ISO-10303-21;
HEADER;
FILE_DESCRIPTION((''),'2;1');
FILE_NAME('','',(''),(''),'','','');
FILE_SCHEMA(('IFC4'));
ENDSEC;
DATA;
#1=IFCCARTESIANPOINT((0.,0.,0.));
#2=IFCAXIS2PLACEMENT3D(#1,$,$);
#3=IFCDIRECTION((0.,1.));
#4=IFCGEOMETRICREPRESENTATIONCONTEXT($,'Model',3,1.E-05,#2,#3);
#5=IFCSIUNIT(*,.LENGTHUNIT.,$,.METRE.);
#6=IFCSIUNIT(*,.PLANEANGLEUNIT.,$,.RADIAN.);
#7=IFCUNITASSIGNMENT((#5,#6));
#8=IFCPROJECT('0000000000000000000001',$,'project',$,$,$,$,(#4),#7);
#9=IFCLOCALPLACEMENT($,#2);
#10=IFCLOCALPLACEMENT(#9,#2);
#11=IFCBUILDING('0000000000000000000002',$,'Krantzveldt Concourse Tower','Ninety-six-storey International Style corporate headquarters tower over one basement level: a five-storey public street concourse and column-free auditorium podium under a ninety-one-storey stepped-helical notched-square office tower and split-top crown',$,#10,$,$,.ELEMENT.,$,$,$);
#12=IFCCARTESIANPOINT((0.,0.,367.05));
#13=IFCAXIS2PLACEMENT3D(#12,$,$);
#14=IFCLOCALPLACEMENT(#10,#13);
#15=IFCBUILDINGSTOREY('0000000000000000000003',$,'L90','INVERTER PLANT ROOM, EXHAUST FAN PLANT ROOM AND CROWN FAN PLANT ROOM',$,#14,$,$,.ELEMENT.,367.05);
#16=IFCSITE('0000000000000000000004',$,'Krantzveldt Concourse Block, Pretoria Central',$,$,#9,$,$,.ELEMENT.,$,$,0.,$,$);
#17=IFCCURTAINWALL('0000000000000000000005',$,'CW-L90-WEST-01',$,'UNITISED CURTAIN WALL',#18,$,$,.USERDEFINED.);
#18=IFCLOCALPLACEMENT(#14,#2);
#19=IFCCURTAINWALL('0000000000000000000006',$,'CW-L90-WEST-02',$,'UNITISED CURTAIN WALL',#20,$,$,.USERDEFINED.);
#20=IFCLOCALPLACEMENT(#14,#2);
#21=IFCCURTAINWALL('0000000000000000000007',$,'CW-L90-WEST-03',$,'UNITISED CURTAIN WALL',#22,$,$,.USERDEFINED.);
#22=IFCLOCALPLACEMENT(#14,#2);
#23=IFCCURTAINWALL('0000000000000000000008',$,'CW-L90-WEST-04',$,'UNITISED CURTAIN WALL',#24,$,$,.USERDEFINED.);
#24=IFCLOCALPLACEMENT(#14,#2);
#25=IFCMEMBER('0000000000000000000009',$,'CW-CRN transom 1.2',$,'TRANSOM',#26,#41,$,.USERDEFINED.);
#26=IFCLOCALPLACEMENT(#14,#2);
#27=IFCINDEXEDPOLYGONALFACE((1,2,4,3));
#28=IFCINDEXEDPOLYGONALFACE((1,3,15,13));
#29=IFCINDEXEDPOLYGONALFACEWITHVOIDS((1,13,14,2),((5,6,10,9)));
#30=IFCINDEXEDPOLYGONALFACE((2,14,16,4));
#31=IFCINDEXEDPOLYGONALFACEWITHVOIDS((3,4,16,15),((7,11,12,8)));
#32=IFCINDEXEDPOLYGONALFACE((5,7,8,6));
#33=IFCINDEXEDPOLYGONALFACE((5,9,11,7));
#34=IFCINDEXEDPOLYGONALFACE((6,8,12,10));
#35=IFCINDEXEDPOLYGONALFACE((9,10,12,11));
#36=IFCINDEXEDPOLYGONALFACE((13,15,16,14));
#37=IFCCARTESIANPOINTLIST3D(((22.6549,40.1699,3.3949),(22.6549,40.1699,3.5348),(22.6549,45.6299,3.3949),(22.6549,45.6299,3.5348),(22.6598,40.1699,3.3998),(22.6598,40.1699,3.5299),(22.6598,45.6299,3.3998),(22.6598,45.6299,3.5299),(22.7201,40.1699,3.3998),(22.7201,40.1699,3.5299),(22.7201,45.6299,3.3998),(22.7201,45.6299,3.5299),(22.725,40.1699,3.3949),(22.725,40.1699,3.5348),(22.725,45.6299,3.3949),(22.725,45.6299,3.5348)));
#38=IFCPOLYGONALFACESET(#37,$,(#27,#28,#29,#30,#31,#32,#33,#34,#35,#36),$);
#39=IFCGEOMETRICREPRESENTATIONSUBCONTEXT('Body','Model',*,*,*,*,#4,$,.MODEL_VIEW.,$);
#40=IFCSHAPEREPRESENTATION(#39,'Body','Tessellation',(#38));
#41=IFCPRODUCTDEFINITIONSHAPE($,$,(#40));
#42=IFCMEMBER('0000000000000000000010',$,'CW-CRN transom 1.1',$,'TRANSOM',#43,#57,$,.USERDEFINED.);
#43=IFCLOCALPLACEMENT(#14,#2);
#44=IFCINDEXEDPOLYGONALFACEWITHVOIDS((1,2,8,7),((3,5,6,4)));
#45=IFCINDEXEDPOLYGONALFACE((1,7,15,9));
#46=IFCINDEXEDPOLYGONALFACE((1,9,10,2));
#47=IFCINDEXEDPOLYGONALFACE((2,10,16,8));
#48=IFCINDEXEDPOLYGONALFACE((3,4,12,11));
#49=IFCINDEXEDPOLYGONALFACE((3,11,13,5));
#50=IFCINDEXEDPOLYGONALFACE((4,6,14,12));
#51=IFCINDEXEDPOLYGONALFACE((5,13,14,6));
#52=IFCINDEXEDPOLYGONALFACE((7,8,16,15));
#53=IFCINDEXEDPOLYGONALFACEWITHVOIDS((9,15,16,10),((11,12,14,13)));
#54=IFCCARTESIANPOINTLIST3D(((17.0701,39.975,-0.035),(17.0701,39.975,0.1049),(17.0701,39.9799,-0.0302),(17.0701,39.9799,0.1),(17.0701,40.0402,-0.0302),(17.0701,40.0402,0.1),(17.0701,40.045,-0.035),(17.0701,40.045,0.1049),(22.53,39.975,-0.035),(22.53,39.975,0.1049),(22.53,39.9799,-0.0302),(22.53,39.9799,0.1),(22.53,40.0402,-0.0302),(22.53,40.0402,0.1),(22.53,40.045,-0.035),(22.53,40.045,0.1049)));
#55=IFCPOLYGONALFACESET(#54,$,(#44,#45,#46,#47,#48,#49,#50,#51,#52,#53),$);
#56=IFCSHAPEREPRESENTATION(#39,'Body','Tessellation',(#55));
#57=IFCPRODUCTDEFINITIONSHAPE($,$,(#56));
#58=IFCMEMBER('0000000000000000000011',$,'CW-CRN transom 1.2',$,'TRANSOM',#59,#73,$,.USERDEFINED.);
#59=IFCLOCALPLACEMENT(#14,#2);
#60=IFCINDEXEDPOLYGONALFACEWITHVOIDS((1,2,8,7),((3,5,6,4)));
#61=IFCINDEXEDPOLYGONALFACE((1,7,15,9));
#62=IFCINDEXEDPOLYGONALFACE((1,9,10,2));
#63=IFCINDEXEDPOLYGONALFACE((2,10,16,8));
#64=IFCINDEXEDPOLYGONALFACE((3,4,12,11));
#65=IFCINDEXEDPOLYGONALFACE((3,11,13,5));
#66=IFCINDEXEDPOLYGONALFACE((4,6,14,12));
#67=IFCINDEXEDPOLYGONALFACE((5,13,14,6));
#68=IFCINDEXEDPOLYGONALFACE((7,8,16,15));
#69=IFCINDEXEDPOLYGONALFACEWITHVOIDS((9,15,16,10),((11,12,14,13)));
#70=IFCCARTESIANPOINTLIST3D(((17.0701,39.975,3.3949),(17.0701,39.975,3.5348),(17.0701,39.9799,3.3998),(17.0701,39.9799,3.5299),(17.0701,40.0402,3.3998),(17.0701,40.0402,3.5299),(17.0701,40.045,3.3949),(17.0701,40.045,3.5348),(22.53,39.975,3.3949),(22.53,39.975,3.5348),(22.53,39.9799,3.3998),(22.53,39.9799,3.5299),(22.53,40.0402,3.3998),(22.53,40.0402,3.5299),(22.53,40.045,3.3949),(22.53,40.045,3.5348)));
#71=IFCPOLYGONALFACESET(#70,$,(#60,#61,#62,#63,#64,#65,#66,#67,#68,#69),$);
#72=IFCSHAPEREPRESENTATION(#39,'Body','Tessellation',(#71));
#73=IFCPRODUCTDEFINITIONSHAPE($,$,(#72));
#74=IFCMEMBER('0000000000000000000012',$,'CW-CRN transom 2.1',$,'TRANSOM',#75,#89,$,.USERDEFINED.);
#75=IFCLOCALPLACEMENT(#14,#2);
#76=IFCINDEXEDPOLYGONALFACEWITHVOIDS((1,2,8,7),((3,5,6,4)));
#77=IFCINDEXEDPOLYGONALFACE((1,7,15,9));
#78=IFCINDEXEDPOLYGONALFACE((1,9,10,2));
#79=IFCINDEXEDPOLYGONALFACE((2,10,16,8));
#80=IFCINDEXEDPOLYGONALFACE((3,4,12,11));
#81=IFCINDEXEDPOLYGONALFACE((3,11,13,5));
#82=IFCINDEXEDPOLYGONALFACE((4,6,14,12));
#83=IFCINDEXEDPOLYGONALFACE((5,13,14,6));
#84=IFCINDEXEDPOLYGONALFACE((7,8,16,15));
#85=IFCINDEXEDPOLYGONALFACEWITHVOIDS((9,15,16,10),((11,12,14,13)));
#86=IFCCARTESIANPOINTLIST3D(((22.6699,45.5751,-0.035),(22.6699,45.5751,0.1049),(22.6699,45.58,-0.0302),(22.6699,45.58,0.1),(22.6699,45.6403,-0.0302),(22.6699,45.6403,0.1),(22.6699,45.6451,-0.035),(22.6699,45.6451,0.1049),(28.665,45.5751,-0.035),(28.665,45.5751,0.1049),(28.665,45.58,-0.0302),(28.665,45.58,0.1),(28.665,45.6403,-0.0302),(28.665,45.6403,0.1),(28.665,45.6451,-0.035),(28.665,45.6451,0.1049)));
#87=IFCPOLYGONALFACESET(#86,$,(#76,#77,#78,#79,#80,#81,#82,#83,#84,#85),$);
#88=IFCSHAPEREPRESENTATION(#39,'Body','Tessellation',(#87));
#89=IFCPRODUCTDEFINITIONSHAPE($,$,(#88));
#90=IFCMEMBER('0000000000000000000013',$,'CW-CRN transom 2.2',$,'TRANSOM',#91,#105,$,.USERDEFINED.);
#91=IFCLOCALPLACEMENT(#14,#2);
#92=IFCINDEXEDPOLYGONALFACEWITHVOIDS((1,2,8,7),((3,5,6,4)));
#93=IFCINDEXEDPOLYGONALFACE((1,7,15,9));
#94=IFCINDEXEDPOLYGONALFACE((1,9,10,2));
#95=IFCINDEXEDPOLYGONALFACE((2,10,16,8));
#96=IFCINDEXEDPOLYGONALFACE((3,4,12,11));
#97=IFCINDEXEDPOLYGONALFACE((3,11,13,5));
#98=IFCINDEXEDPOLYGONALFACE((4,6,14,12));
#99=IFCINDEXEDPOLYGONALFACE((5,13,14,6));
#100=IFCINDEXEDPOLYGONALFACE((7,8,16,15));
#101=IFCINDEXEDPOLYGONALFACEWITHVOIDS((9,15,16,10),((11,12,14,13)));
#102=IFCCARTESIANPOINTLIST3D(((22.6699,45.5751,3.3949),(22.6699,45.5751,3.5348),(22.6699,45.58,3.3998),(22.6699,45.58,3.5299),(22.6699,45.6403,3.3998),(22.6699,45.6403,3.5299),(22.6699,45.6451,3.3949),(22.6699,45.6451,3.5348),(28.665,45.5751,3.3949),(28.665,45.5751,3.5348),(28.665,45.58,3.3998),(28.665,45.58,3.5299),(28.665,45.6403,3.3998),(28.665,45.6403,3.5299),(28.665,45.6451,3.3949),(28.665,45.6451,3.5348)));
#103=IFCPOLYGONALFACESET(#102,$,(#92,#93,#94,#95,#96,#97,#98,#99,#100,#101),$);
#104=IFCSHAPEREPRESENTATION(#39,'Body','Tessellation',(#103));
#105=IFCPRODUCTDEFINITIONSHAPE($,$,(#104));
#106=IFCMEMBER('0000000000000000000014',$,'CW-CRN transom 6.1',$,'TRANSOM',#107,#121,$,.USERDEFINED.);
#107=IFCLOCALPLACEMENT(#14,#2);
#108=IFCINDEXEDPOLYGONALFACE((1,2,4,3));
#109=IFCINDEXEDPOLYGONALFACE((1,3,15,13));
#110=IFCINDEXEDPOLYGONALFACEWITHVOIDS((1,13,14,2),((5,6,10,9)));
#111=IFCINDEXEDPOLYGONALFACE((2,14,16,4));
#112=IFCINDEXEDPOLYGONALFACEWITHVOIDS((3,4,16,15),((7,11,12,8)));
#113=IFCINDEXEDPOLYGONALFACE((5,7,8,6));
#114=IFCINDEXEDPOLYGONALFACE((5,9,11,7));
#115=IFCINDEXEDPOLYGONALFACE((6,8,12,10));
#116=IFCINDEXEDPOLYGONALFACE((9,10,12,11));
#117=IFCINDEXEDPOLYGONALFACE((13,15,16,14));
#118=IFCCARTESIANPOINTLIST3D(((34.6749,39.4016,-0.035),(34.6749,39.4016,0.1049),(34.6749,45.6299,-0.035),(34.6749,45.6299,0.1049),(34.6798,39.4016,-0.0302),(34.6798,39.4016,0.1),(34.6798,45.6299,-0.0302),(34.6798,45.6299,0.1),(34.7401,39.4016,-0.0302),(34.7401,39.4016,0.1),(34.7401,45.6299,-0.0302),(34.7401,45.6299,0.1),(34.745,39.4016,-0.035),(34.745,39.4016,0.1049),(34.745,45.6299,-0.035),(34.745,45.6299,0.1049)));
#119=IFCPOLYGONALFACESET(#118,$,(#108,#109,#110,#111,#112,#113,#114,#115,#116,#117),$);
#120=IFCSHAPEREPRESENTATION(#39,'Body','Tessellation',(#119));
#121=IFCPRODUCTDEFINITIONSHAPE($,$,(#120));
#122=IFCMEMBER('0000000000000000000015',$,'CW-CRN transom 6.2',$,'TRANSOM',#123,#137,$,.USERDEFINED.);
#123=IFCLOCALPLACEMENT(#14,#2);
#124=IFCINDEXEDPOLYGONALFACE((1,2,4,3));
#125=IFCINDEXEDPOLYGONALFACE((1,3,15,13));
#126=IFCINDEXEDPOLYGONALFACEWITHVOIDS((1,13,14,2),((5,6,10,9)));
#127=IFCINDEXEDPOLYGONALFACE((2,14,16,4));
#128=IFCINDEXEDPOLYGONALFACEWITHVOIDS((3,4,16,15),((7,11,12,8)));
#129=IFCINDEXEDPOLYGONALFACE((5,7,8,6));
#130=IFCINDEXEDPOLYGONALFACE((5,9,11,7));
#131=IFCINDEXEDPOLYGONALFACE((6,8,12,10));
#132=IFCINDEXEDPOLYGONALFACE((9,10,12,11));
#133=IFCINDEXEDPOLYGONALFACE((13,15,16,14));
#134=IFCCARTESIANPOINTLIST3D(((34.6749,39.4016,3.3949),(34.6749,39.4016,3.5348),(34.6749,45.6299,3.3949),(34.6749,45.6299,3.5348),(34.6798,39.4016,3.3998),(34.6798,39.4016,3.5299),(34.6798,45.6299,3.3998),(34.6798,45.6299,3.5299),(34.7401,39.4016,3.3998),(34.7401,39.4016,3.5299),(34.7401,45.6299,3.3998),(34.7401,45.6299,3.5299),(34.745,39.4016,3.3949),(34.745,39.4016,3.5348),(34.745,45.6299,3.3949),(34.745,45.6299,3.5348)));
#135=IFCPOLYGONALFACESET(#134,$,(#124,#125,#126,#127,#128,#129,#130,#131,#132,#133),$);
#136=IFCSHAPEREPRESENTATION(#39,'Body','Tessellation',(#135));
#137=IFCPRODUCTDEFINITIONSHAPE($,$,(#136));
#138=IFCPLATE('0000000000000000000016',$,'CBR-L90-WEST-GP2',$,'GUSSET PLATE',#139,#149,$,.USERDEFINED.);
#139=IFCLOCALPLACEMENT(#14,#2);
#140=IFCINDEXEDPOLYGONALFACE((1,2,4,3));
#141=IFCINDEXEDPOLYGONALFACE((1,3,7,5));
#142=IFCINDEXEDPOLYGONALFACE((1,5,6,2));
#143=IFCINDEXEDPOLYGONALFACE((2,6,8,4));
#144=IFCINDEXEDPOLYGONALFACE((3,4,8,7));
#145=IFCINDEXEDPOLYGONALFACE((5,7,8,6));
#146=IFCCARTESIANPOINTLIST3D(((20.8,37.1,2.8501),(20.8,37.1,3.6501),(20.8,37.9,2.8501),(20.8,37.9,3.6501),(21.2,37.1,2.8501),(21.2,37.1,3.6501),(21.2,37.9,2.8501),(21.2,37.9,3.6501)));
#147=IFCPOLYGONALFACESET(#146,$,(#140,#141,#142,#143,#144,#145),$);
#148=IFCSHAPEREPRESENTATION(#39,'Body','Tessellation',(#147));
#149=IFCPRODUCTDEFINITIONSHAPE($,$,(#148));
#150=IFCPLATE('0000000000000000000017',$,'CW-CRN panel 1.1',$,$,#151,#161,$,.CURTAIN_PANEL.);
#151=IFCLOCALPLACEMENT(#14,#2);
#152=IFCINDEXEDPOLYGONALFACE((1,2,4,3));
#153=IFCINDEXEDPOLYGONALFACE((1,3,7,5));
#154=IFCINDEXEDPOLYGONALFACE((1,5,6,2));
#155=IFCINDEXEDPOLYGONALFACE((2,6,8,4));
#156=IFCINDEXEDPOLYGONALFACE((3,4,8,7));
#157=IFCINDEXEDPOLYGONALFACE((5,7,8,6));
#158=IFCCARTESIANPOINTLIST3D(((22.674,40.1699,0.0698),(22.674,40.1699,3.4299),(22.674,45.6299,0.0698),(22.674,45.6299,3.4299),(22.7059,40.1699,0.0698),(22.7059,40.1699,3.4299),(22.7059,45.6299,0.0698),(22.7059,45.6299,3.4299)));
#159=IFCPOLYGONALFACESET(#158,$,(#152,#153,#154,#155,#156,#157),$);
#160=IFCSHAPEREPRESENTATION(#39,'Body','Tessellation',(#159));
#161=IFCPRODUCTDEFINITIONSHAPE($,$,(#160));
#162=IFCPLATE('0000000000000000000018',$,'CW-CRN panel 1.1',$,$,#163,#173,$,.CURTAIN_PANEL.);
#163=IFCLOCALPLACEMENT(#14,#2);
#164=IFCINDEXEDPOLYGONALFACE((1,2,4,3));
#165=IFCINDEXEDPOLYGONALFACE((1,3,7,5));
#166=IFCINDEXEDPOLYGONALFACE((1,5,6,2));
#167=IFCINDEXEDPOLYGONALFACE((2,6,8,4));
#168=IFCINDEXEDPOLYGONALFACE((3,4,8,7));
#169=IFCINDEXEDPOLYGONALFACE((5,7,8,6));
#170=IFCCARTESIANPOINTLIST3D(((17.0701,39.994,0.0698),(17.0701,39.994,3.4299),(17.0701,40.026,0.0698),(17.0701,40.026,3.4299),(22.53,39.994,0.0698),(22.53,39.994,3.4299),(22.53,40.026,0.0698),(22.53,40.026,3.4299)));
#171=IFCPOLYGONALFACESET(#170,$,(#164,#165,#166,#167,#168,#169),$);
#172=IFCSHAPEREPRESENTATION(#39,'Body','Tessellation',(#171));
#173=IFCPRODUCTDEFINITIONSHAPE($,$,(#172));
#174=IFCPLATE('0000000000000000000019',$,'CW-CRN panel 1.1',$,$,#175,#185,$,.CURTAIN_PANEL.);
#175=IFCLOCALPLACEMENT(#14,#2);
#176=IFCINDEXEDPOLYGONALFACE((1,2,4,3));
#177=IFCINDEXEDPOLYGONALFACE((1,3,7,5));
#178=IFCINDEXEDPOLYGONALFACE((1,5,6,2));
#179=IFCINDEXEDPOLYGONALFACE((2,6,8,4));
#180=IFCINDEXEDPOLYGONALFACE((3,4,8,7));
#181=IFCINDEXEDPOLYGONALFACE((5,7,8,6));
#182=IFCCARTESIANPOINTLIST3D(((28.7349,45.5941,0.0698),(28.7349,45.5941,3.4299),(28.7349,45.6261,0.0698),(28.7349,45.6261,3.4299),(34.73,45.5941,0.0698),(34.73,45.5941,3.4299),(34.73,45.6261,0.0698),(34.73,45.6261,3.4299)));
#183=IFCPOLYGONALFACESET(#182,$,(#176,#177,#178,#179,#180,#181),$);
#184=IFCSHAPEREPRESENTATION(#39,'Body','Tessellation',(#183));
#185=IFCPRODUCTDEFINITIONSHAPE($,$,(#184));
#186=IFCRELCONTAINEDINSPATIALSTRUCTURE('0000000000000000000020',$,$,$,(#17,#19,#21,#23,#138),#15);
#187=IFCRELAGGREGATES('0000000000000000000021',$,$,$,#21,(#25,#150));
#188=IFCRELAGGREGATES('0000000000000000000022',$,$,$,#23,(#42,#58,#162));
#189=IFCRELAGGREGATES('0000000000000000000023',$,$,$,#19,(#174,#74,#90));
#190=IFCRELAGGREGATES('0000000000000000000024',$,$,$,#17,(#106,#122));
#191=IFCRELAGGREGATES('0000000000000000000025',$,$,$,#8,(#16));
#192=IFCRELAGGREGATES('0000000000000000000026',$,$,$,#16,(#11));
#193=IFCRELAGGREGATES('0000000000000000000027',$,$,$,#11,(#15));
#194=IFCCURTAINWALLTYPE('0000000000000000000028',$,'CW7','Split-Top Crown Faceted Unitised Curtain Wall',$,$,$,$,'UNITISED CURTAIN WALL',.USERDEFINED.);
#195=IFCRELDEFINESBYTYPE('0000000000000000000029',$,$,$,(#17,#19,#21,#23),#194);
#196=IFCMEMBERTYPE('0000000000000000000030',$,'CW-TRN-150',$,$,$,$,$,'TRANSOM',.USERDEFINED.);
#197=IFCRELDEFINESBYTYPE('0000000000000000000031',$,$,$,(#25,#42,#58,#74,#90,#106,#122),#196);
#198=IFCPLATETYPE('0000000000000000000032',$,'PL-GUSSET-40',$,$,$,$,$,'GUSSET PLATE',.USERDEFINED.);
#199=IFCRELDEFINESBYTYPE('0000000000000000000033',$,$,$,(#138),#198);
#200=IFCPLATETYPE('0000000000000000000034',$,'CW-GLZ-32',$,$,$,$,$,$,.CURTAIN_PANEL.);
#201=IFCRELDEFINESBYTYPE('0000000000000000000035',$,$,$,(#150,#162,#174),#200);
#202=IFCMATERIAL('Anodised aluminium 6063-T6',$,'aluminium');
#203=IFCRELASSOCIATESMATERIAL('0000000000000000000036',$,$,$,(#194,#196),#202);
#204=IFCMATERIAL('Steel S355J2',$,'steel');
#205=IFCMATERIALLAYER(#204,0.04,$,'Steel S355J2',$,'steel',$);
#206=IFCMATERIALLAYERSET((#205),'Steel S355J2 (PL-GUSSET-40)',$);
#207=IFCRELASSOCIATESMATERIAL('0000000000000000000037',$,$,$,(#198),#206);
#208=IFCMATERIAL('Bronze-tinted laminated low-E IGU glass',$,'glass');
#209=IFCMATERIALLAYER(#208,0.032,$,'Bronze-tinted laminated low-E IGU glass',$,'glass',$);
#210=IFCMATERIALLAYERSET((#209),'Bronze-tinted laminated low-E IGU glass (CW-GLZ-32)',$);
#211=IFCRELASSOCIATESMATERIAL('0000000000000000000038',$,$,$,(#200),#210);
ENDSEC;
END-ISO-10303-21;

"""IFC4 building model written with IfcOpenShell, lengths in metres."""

from ifc_helpers import new_model, si_unit, direction, frame, origin, origin_2d, place, context, subcontext, project, spatial, rectangle, hollow_rectangle, extrude, source, transform, mapped, material, layer, layer_set, material_profile, profile_set, type_object, type_shapes, element, aggregate, save


model = new_model("IFC4")

# Units and contexts
model_context = context("Model", 3, precision=1e-05, world=origin(), true_north=direction((0.0, 1.0)))
body_context = subcontext(model_context, "Body", "Model", "MODEL_VIEW")
ifc_project = project(units=[si_unit("LENGTHUNIT", "METRE"), si_unit("PLANEANGLEUNIT", "RADIAN")], contexts=[model_context])

# Site, building, storey
site_placement = place(None, origin())
site = spatial("IfcSite", under=ifc_project, at=site_placement, Name="Krantzveldt Concourse Block, Pretoria Central", CompositionType="ELEMENT", RefElevation=0.0)
building_placement = place(site_placement, origin())
building = spatial("IfcBuilding", under=site, at=building_placement, Name="Krantzveldt Concourse Tower", Description="Ninety-six-storey International Style corporate headquarters tower over one basement level: a five-storey public street concourse and column-free auditorium podium under a ninety-one-storey stepped-helical notched-square office tower and split-top crown", CompositionType="ELEMENT")
storey_placement = place(building_placement, frame((0.0, 0.0, 367.05)))
storey = spatial("IfcBuildingStorey", under=building, at=storey_placement, Name="L90", Description="INVERTER PLANT ROOM, EXHAUST FAN PLANT ROOM AND CROWN FAN PLANT ROOM", CompositionType="ELEMENT", Elevation=367.05)

# Shared definitions
ifc_material_1 = material(Name="Steel S355J2", Category="steel")

# Curtain walls
ifc_material_2 = material(Name="Anodised aluminium 6063-T6", Category="aluminium")
curtain_wall_type = type_object("IfcCurtainWallType", Name="CW7", Description="Split-Top Crown Faceted Unitised Curtain Wall", ElementType="UNITISED CURTAIN WALL", PredefinedType="USERDEFINED", material=ifc_material_2)
ifc_material_profile_1 = material_profile(ifc_material_2, hollow_rectangle(XDim=0.0701, YDim=0.1399, WallThickness=0.0049, at=origin_2d()), Name="Anodised aluminium 6063-T6", Category="aluminium")
ifc_profile_set_1 = profile_set([ifc_material_profile_1], Name="Anodised aluminium 6063-T6 - ALU-TRAN 140x70x5")
member_type_1 = type_object("IfcMemberType", Name="CW-TRN-150", ElementType="TRANSOM", PredefinedType="USERDEFINED", material=ifc_profile_set_1)
curtain_wall_1_placement = place(storey_placement, origin())
curtain_wall_1 = element("IfcCurtainWall", 1, at=curtain_wall_1_placement, inside=storey, type_object=curtain_wall_type, Name="CW-L90-WEST-01", ObjectType="UNITISED CURTAIN WALL", PredefinedType="USERDEFINED")
curtain_wall_2_placement = place(storey_placement, origin())
curtain_wall_2 = element("IfcCurtainWall", 2, at=curtain_wall_2_placement, inside=storey, type_object=curtain_wall_type, Name="CW-L90-WEST-02", ObjectType="UNITISED CURTAIN WALL", PredefinedType="USERDEFINED")
curtain_wall_3_placement = place(storey_placement, origin())
curtain_wall_3 = element("IfcCurtainWall", 3, at=curtain_wall_3_placement, inside=storey, type_object=curtain_wall_type, Name="CW-L90-WEST-03", ObjectType="UNITISED CURTAIN WALL", PredefinedType="USERDEFINED")
curtain_wall_4_placement = place(storey_placement, origin())
curtain_wall_4 = element("IfcCurtainWall", 4, at=curtain_wall_4_placement, inside=storey, type_object=curtain_wall_type, Name="CW-L90-WEST-04", ObjectType="UNITISED CURTAIN WALL", PredefinedType="USERDEFINED")

# Members
shared_shape_1 = source(origin(), body_context, "Body", "SweptSolid", [
    extrude(hollow_rectangle(XDim=0.0701, YDim=0.1399, WallThickness=0.0049, at=origin_2d()), origin(), (0.0, 0.0, 1.0), 5.46),
])
member_1_placement = place(storey_placement, frame((22.6899, 45.6299, 3.4648), z_axis=(0.0, -1.0, 0.0), x_axis=(1.0, 0.0, 0.0)))
member_1 = element("IfcMember", 5, at=member_1_placement, type_object=member_type_1, Name="CW-CRN transom 1.2", ObjectType="TRANSOM", PredefinedType="USERDEFINED", context=body_context, shape_type="MappedRepresentation", body=[
    mapped(shared_shape_1, transform((0.0, 0.0, 0.0), x_axis=(1.0, 0.0, 0.0), y_axis=(0.0, 1.0, 0.0), z_axis=(0.0, 0.0, 1.0), scale=1.0)),
])
member_2_placement = place(storey_placement, frame((22.53, 40.01, 0.0349), z_axis=(-1.0, 0.0, 0.0), x_axis=(0.0, -1.0, 0.0)))
member_2 = element("IfcMember", 6, at=member_2_placement, type_object=member_type_1, Name="CW-CRN transom 1.1", ObjectType="TRANSOM", PredefinedType="USERDEFINED", context=body_context, shape_type="MappedRepresentation", body=[
    mapped(shared_shape_1, transform((0.0, 0.0, 0.0), x_axis=(1.0, 0.0, 0.0), y_axis=(0.0, 1.0, 0.0), z_axis=(0.0, 0.0, 1.0), scale=1.0)),
])
member_3_placement = place(storey_placement, frame((22.53, 40.01, 3.4648), z_axis=(-1.0, 0.0, 0.0), x_axis=(0.0, -1.0, 0.0)))
member_3 = element("IfcMember", 7, at=member_3_placement, type_object=member_type_1, Name="CW-CRN transom 1.2", ObjectType="TRANSOM", PredefinedType="USERDEFINED", context=body_context, shape_type="MappedRepresentation", body=[
    mapped(shared_shape_1, transform((0.0, 0.0, 0.0), x_axis=(1.0, 0.0, 0.0), y_axis=(0.0, 1.0, 0.0), z_axis=(0.0, 0.0, 1.0), scale=1.0)),
])
shared_shape_2 = source(origin(), body_context, "Body", "SweptSolid", [
    extrude(hollow_rectangle(XDim=0.0701, YDim=0.1399, WallThickness=0.0049, at=origin_2d()), origin(), (0.0, 0.0, 1.0), 5.9951),
])
member_4_placement = place(storey_placement, frame((28.665, 45.6101, 0.0349), z_axis=(-1.0, 0.0, 0.0), x_axis=(0.0, -1.0, 0.0)))
member_4 = element("IfcMember", 8, at=member_4_placement, type_object=member_type_1, Name="CW-CRN transom 2.1", ObjectType="TRANSOM", PredefinedType="USERDEFINED", context=body_context, shape_type="MappedRepresentation", body=[
    mapped(shared_shape_2, transform((0.0, 0.0, 0.0), x_axis=(1.0, 0.0, 0.0), y_axis=(0.0, 1.0, 0.0), z_axis=(0.0, 0.0, 1.0), scale=1.0)),
])
member_5_placement = place(storey_placement, frame((28.665, 45.6101, 3.4648), z_axis=(-1.0, 0.0, 0.0), x_axis=(0.0, -1.0, 0.0)))
member_5 = element("IfcMember", 9, at=member_5_placement, type_object=member_type_1, Name="CW-CRN transom 2.2", ObjectType="TRANSOM", PredefinedType="USERDEFINED", context=body_context, shape_type="MappedRepresentation", body=[
    mapped(shared_shape_2, transform((0.0, 0.0, 0.0), x_axis=(1.0, 0.0, 0.0), y_axis=(0.0, 1.0, 0.0), z_axis=(0.0, 0.0, 1.0), scale=1.0)),
])
shared_shape_3 = source(origin(), body_context, "Body", "SweptSolid", [
    extrude(hollow_rectangle(XDim=0.0701, YDim=0.1399, WallThickness=0.0049, at=origin_2d()), origin(), (0.0, 0.0, 1.0), 6.2283),
])
member_6_placement = place(storey_placement, frame((34.71, 39.4016, 0.0349), z_axis=(0.0, 1.0, 0.0), x_axis=(-1.0, 0.0, 0.0)))
member_6 = element("IfcMember", 10, at=member_6_placement, type_object=member_type_1, Name="CW-CRN transom 6.1", ObjectType="TRANSOM", PredefinedType="USERDEFINED", context=body_context, shape_type="MappedRepresentation", body=[
    mapped(shared_shape_3, transform((0.0, 0.0, 0.0), x_axis=(1.0, 0.0, 0.0), y_axis=(0.0, 1.0, 0.0), z_axis=(0.0, 0.0, 1.0), scale=1.0)),
])
member_7_placement = place(storey_placement, frame((34.71, 39.4016, 3.4648), z_axis=(0.0, 1.0, 0.0), x_axis=(-1.0, 0.0, 0.0)))
member_7 = element("IfcMember", 11, at=member_7_placement, type_object=member_type_1, Name="CW-CRN transom 6.2", ObjectType="TRANSOM", PredefinedType="USERDEFINED", context=body_context, shape_type="MappedRepresentation", body=[
    mapped(shared_shape_3, transform((0.0, 0.0, 0.0), x_axis=(1.0, 0.0, 0.0), y_axis=(0.0, 1.0, 0.0), z_axis=(0.0, 0.0, 1.0), scale=1.0)),
])

# Plates
ifc_layer_1 = layer(ifc_material_1, 0.04, Name="Steel S355J2", Category="steel")
ifc_layer_set_1 = layer_set([ifc_layer_1], Name="Steel S355J2 (PL-GUSSET-40)")
plate_type_1 = type_object("IfcPlateType", Name="PL-GUSSET-40", ElementType="GUSSET PLATE", PredefinedType="USERDEFINED", material=ifc_layer_set_1)
shared_shape_4 = source(origin(), body_context, "Body", "SweptSolid", [
    extrude(rectangle(XDim=0.3999, YDim=0.8, at=origin_2d()), origin(), (0.0, 0.0, 1.0), 0.8),
])
type_shapes(plate_type_1, [shared_shape_4])
plate_1_placement = place(storey_placement, frame((21.0, 37.5, 2.8501), z_axis=(0.0, 0.0, 1.0), x_axis=(1.0, 0.0, 0.0)))
element("IfcPlate", 12, at=plate_1_placement, inside=storey, type_object=plate_type_1, Name="CBR-L90-WEST-GP2", ObjectType="GUSSET PLATE", PredefinedType="USERDEFINED", context=body_context, shape_type="MappedRepresentation", body=[
    mapped(shared_shape_4, transform((0.0, 0.0, 0.0), x_axis=(1.0, 0.0, 0.0), y_axis=(0.0, 1.0, 0.0), z_axis=(0.0, 0.0, 1.0), scale=1.0)),
])
ifc_material_3 = material(Name="Bronze-tinted laminated low-E IGU glass", Category="glass")
ifc_layer_2 = layer(ifc_material_3, 0.032, Name="Bronze-tinted laminated low-E IGU glass", Category="glass")
ifc_layer_set_2 = layer_set([ifc_layer_2], Name="Bronze-tinted laminated low-E IGU glass (CW-GLZ-32)")
plate_type_2 = type_object("IfcPlateType", Name="CW-GLZ-32", PredefinedType="CURTAIN_PANEL", material=ifc_layer_set_2)
shared_shape_5 = source(origin(), body_context, "Body", "SweptSolid", [
    extrude(rectangle(XDim=5.46, YDim=0.032, at=origin_2d()), origin(), (0.0, 0.0, 1.0), 3.3601),
])
plate_2_placement = place(storey_placement, frame((22.6899, 42.8999, 0.0698), z_axis=(0.0, 0.0, 1.0), x_axis=(0.0, -1.0, 0.0)))
plate_2 = element("IfcPlate", 13, at=plate_2_placement, type_object=plate_type_2, Name="CW-CRN panel 1.1", PredefinedType="CURTAIN_PANEL", context=body_context, shape_type="MappedRepresentation", body=[
    mapped(shared_shape_5, transform((0.0, 0.0, 0.0), x_axis=(1.0, 0.0, 0.0), y_axis=(0.0, 1.0, 0.0), z_axis=(0.0, 0.0, 1.0), scale=1.0)),
])
aggregate(curtain_wall_3, [member_1, plate_2])
plate_3_placement = place(storey_placement, frame((19.8, 40.01, 0.0698), z_axis=(0.0, 0.0, 1.0), x_axis=(-1.0, 0.0, 0.0)))
plate_3 = element("IfcPlate", 14, at=plate_3_placement, type_object=plate_type_2, Name="CW-CRN panel 1.1", PredefinedType="CURTAIN_PANEL", context=body_context, shape_type="MappedRepresentation", body=[
    mapped(shared_shape_5, transform((0.0, 0.0, 0.0), x_axis=(1.0, 0.0, 0.0), y_axis=(0.0, 1.0, 0.0), z_axis=(0.0, 0.0, 1.0), scale=1.0)),
])
aggregate(curtain_wall_4, [member_2, member_3, plate_3])
shared_shape_6 = source(origin(), body_context, "Body", "SweptSolid", [
    extrude(rectangle(XDim=5.9951, YDim=0.032, at=origin_2d()), origin(), (0.0, 0.0, 1.0), 3.3601),
])
plate_4_placement = place(storey_placement, frame((31.7324, 45.6101, 0.0698), z_axis=(0.0, 0.0, 1.0), x_axis=(-1.0, 0.0, 0.0)))
plate_4 = element("IfcPlate", 15, at=plate_4_placement, type_object=plate_type_2, Name="CW-CRN panel 1.1", PredefinedType="CURTAIN_PANEL", context=body_context, shape_type="MappedRepresentation", body=[
    mapped(shared_shape_6, transform((0.0, 0.0, 0.0), x_axis=(1.0, 0.0, 0.0), y_axis=(0.0, 1.0, 0.0), z_axis=(0.0, 0.0, 1.0), scale=1.0)),
])
aggregate(curtain_wall_2, [plate_4, member_4, member_5])
aggregate(curtain_wall_1, [member_6, member_7])

save(model, "model.ifc")
